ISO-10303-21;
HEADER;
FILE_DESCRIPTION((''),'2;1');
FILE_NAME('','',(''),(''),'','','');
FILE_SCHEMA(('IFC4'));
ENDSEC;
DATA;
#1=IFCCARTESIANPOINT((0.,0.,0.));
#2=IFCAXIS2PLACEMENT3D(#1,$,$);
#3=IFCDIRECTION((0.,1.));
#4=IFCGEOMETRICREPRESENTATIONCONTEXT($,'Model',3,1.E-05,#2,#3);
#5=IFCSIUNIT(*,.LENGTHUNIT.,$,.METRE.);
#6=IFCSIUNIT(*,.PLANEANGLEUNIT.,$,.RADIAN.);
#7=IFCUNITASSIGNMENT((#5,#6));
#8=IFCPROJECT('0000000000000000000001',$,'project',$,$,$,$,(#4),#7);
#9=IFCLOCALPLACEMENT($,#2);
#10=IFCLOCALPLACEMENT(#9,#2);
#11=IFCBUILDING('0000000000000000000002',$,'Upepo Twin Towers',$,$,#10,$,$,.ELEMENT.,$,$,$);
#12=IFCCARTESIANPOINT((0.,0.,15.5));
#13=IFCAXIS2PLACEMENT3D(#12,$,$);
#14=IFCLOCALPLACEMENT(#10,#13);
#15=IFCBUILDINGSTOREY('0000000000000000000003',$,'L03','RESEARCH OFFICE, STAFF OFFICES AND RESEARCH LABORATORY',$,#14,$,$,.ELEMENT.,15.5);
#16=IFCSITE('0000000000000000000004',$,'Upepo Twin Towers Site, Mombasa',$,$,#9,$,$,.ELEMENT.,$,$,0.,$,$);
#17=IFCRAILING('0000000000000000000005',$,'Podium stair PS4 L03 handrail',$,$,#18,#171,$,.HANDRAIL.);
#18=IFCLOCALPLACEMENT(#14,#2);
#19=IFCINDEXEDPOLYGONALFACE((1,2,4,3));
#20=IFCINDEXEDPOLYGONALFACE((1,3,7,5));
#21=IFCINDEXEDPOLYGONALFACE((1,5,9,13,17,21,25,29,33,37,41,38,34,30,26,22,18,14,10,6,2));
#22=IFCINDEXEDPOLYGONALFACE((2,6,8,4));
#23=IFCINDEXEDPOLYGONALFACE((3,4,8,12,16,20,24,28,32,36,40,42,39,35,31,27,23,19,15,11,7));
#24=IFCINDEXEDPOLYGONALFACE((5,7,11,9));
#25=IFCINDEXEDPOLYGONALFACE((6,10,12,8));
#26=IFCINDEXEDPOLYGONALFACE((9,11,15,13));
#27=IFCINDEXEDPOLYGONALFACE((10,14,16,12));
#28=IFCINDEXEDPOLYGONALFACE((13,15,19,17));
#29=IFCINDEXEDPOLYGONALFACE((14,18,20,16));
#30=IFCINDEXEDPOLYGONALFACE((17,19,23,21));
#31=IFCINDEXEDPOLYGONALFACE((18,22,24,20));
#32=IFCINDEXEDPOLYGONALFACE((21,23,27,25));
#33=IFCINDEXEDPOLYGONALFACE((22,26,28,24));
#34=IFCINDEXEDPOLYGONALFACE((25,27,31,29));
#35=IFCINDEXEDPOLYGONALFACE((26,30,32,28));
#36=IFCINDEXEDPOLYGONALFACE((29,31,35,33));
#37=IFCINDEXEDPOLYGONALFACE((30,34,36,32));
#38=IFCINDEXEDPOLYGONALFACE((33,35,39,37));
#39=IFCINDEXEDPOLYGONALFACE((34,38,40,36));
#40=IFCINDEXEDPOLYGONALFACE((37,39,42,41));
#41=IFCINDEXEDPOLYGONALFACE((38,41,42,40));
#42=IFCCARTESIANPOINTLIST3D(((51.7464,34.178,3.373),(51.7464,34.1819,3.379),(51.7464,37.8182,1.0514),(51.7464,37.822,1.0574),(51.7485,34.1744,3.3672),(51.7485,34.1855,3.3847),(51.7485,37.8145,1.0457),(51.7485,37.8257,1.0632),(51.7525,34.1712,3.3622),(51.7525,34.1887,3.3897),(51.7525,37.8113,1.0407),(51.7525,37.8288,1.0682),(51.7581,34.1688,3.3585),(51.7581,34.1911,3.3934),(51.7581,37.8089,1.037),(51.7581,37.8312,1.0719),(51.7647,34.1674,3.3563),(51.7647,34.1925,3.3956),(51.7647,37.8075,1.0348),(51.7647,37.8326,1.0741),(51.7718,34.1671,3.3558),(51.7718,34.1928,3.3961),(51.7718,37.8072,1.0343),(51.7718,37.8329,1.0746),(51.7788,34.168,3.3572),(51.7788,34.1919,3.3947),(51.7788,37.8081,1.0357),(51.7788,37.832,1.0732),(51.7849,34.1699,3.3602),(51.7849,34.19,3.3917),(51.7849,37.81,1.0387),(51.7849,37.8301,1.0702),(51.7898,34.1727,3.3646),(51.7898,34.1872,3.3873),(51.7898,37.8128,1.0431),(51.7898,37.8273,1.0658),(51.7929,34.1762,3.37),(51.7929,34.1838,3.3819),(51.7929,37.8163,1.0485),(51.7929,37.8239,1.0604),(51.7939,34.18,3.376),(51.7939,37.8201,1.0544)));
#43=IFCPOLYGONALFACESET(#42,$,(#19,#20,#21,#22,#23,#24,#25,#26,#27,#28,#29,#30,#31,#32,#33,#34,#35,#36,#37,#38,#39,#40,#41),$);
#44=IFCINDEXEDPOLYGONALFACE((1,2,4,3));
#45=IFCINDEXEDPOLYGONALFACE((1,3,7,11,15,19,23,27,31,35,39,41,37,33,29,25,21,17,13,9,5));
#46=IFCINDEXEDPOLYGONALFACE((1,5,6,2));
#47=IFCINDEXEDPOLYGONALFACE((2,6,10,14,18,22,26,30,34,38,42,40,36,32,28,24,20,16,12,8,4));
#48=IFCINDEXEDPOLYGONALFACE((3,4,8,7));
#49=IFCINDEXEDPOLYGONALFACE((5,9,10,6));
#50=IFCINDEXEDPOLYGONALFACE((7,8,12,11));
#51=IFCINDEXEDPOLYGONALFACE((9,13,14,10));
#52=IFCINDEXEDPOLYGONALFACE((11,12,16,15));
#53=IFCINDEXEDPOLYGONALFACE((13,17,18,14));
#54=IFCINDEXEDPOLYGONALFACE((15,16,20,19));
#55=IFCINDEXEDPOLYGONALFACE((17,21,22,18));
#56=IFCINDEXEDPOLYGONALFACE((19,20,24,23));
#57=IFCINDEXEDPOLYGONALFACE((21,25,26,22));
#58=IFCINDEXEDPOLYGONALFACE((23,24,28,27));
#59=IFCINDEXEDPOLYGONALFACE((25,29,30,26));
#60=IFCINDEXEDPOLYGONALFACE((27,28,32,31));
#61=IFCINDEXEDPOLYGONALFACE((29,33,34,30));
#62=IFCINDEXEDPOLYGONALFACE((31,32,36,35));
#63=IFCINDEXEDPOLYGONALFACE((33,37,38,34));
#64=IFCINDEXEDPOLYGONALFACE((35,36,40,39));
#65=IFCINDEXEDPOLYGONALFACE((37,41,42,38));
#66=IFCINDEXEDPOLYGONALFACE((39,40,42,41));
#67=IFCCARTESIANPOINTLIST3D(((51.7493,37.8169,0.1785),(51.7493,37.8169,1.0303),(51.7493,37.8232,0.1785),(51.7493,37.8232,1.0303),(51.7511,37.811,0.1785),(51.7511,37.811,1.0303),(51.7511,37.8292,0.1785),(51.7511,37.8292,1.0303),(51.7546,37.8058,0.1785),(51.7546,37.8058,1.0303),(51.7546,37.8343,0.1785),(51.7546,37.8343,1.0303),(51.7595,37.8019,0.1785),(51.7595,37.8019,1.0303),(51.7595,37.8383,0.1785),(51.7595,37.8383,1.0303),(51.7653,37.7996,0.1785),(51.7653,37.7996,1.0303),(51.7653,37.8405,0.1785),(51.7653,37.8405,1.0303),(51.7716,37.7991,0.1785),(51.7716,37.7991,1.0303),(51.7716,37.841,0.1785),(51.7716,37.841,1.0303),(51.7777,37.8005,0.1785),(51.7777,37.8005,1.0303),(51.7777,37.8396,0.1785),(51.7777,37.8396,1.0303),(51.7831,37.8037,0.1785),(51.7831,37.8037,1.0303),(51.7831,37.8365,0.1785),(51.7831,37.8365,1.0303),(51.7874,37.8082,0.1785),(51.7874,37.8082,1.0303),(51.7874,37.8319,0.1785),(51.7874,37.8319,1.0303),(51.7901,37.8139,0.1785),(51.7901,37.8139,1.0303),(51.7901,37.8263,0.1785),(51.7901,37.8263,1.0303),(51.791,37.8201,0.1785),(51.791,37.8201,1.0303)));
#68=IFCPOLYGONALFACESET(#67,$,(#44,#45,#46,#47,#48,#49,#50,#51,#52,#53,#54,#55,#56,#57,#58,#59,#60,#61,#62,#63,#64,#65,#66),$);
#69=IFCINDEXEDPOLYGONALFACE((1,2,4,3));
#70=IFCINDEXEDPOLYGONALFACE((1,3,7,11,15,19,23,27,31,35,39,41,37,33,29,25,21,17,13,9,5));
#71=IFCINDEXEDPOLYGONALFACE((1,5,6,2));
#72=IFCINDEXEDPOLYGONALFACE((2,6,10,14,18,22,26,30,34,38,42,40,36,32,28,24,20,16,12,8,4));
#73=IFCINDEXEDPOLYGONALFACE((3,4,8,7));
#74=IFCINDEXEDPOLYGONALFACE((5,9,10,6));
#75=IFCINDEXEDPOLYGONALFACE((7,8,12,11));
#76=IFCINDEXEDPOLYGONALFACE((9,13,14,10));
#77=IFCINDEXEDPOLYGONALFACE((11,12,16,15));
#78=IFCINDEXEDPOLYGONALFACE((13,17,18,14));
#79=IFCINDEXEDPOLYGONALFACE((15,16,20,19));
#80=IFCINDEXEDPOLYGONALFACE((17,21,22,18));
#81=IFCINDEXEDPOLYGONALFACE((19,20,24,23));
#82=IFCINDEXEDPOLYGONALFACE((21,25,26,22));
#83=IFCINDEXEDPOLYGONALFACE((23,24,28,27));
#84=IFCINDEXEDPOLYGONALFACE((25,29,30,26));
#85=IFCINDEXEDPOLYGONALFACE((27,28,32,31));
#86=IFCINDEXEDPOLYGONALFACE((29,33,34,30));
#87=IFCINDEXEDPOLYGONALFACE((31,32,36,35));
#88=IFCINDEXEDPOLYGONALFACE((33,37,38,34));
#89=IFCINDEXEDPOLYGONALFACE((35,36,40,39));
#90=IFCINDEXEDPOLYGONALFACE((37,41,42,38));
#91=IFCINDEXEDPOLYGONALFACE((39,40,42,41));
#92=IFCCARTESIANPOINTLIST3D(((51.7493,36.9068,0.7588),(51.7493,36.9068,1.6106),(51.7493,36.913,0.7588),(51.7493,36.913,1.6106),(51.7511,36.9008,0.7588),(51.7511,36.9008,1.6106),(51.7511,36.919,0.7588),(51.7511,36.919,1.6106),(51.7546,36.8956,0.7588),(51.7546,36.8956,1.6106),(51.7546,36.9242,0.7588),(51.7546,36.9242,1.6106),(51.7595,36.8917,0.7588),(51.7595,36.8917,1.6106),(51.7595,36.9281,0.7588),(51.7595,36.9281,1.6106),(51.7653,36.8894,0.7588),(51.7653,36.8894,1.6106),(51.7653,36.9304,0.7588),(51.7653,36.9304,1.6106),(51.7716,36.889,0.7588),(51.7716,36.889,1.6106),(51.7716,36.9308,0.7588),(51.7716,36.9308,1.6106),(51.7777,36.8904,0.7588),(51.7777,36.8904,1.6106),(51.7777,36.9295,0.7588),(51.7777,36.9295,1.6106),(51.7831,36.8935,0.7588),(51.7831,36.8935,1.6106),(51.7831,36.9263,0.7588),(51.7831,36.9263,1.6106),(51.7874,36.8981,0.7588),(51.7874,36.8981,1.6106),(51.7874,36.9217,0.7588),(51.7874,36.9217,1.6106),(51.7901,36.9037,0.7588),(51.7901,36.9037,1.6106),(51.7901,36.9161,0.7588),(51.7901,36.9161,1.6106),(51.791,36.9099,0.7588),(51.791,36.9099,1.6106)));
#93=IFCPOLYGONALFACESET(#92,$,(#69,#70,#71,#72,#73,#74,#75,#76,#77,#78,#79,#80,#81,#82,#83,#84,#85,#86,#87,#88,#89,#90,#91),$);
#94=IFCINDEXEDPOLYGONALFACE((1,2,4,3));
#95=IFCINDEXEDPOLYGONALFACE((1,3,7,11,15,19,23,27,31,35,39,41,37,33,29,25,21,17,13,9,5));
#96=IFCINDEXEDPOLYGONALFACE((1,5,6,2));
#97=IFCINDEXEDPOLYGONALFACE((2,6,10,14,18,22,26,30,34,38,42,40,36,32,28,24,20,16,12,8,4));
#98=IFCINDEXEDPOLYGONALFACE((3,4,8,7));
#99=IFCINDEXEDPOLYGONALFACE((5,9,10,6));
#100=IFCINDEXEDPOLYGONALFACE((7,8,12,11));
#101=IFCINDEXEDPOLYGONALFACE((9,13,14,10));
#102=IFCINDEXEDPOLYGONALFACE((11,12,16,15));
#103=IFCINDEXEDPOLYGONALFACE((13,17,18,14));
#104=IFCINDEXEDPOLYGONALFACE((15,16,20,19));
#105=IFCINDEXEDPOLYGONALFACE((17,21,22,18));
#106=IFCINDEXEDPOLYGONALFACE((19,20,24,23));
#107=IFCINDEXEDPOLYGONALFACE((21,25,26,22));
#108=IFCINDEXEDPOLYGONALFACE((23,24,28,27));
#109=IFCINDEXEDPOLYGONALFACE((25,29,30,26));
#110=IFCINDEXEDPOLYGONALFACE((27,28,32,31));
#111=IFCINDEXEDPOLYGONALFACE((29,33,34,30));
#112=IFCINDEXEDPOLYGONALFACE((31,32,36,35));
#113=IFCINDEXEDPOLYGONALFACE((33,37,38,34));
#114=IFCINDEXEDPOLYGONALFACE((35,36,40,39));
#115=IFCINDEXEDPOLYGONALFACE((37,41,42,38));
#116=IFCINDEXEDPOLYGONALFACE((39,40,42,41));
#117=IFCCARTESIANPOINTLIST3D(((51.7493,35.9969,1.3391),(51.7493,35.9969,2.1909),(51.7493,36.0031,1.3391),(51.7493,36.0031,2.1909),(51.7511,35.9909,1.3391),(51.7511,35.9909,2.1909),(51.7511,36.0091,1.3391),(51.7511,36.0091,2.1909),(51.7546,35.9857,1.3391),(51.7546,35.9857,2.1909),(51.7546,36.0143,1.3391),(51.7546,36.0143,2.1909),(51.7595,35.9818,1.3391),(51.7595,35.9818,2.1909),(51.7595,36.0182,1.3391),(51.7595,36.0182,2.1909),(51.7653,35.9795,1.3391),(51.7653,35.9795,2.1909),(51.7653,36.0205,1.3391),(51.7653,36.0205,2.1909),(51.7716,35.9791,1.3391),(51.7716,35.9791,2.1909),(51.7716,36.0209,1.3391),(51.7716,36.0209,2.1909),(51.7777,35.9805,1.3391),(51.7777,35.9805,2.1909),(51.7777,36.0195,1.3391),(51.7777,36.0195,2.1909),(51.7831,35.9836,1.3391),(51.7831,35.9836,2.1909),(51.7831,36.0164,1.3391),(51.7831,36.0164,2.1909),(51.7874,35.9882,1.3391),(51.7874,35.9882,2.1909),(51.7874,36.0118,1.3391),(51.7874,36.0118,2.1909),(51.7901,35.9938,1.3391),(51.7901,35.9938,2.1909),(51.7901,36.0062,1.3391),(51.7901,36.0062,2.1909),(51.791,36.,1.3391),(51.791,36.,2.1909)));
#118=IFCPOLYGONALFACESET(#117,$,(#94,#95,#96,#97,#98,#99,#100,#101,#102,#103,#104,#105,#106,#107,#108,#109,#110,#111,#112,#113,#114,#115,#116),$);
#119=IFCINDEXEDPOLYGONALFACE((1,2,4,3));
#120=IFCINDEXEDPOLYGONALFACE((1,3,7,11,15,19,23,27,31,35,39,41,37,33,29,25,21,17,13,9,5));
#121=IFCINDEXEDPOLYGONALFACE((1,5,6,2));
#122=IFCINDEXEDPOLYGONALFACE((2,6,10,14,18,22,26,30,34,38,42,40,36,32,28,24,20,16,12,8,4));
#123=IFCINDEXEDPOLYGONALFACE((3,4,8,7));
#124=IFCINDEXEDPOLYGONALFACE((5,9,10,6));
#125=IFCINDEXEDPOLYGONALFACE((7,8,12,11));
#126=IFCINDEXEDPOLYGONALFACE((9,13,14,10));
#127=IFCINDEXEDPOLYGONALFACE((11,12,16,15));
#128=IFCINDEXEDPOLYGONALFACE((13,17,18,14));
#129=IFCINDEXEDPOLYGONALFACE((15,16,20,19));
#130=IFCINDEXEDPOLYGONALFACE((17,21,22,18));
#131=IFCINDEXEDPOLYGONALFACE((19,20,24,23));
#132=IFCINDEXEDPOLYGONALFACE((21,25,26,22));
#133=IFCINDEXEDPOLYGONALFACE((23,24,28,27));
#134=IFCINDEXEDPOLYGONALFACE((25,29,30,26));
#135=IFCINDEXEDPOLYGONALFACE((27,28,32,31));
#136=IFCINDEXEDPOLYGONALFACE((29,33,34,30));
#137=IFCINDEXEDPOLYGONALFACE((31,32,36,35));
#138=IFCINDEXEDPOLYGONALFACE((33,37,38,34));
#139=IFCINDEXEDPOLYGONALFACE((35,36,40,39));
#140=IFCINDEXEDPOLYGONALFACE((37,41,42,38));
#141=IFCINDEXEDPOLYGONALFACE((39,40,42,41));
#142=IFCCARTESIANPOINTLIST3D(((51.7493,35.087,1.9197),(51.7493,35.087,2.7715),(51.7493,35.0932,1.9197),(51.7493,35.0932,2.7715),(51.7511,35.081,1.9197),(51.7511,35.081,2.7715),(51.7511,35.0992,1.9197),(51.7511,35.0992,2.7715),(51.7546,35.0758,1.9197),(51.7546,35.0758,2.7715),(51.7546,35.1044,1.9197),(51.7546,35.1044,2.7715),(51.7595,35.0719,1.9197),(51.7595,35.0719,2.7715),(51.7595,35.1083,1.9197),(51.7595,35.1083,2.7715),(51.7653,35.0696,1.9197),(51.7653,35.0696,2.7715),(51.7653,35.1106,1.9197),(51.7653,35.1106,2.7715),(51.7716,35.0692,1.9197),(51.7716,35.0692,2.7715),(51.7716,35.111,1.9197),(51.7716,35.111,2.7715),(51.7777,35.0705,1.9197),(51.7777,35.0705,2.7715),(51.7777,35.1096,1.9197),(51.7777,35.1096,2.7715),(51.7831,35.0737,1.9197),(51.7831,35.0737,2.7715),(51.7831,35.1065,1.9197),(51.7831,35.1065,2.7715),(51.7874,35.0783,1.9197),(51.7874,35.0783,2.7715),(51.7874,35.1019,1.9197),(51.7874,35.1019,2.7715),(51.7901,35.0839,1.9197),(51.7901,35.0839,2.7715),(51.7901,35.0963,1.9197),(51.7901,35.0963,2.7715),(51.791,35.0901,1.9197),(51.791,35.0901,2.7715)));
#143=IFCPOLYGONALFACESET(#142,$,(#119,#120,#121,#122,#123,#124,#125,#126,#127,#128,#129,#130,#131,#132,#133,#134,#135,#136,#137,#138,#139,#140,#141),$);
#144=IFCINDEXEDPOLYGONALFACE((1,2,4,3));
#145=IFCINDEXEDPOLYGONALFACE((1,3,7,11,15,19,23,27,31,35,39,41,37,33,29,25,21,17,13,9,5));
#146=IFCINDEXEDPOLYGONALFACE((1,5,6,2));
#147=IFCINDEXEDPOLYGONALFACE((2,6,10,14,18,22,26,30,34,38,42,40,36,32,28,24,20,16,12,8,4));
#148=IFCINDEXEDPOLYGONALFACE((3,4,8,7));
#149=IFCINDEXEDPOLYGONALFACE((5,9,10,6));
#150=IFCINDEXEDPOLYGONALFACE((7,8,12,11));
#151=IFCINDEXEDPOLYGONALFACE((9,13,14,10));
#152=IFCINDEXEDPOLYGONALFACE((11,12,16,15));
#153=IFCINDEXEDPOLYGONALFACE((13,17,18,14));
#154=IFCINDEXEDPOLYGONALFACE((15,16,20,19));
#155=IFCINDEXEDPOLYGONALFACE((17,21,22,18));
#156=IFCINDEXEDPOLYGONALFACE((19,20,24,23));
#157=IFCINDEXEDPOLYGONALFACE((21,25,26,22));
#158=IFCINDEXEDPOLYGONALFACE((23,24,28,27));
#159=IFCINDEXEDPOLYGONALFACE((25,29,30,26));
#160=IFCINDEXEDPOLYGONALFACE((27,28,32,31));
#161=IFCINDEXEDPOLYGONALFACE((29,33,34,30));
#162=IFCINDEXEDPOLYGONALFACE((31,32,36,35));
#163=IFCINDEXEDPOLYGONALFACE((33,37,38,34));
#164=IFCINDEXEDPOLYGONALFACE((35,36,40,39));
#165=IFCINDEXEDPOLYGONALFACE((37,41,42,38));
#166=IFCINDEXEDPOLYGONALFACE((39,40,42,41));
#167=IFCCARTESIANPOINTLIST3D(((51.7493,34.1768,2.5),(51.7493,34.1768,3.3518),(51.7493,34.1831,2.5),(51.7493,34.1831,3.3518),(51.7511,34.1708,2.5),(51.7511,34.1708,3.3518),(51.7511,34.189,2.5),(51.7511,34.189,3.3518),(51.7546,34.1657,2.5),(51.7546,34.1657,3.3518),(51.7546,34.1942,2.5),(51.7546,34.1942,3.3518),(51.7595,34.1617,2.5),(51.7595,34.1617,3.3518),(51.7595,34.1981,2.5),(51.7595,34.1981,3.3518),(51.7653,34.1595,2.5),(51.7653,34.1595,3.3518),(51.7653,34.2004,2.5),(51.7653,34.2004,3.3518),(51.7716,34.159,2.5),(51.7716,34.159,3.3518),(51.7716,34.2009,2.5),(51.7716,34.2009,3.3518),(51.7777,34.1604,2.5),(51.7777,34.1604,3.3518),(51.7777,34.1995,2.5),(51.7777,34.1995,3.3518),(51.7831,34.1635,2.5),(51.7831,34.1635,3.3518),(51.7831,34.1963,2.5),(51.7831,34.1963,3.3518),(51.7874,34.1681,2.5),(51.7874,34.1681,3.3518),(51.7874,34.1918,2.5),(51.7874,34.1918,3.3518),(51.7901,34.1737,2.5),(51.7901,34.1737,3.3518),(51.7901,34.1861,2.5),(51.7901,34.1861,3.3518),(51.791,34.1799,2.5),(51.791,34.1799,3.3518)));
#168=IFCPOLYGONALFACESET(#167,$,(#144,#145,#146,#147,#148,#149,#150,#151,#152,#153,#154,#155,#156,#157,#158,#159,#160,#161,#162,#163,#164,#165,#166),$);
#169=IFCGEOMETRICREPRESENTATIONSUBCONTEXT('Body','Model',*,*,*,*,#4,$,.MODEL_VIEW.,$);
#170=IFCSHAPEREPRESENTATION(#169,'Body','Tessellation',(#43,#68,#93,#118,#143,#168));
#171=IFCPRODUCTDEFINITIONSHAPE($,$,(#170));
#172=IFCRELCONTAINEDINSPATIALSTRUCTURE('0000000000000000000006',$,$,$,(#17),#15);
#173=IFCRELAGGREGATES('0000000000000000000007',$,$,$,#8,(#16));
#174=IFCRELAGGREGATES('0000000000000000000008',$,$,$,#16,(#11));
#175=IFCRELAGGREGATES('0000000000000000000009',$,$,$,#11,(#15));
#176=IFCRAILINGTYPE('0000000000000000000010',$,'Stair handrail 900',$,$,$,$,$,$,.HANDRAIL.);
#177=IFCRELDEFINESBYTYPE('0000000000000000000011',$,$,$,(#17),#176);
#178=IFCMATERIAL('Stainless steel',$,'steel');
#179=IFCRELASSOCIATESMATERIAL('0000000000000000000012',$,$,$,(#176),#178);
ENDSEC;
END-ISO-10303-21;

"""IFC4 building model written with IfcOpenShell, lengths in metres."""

from ifc_helpers import new_model, si_unit, direction, frame, origin, origin_2d, place, context, subcontext, project, spatial, circle, extrude, material, type_object, element, save


model = new_model("IFC4")

# Units and contexts
model_context = context("Model", 3, precision=1e-05, world=origin(), true_north=direction((0.0, 1.0)))
body_context = subcontext(model_context, "Body", "Model", "MODEL_VIEW")
ifc_project = project(units=[si_unit("LENGTHUNIT", "METRE"), si_unit("PLANEANGLEUNIT", "RADIAN")], contexts=[model_context])

# Site, building, storey
site_placement = place(None, origin())
site = spatial("IfcSite", under=ifc_project, at=site_placement, Name="Upepo Twin Towers Site, Mombasa", CompositionType="ELEMENT", RefElevation=0.0)
building_placement = place(site_placement, origin())
building = spatial("IfcBuilding", under=site, at=building_placement, Name="Upepo Twin Towers", CompositionType="ELEMENT")
storey_placement = place(building_placement, frame((0.0, 0.0, 15.5)))
storey = spatial("IfcBuildingStorey", under=building, at=storey_placement, Name="L03", Description="RESEARCH OFFICE, STAFF OFFICES AND RESEARCH LABORATORY", CompositionType="ELEMENT", Elevation=15.5)

# Railing
ifc_material_1 = material(Name="Stainless steel", Category="steel")
railing_type = type_object("IfcRailingType", Name="Stair handrail 900", PredefinedType="HANDRAIL", material=ifc_material_1)
railing_placement = place(storey_placement, frame((51.77, 37.8201, 0.1785)))
element("IfcRailing", 1, at=railing_placement, inside=storey, type_object=railing_type, Name="Podium stair PS4 L03 handrail", PredefinedType="HANDRAIL", context=body_context, shape_type="SweptSolid", body=[
    extrude(circle(Radius=0.0239, at=origin_2d()), frame((0.0, 0.0, 0.876), z_axis=(0.0, -0.843128, 0.537713), x_axis=(1.0, 0.0, 0.0)), (0.0, 0.0, 1.0), 4.3174),
    extrude(circle(Radius=0.021, at=origin_2d()), origin(), (0.0, 0.0, 1.0), 0.8518),
    extrude(circle(Radius=0.021, at=origin_2d()), frame((0.0, -0.9102, 0.5803)), (0.0, 0.0, 1.0), 0.8518),
    extrude(circle(Radius=0.021, at=origin_2d()), frame((0.0, -1.8201, 1.1606)), (0.0, 0.0, 1.0), 0.8518),
    extrude(circle(Radius=0.021, at=origin_2d()), frame((0.0, -2.73, 1.7412)), (0.0, 0.0, 1.0), 0.8518),
    extrude(circle(Radius=0.021, at=origin_2d()), frame((0.0, -3.6401, 2.3215)), (0.0, 0.0, 1.0), 0.8518),
])

save(model, "model.ifc")
